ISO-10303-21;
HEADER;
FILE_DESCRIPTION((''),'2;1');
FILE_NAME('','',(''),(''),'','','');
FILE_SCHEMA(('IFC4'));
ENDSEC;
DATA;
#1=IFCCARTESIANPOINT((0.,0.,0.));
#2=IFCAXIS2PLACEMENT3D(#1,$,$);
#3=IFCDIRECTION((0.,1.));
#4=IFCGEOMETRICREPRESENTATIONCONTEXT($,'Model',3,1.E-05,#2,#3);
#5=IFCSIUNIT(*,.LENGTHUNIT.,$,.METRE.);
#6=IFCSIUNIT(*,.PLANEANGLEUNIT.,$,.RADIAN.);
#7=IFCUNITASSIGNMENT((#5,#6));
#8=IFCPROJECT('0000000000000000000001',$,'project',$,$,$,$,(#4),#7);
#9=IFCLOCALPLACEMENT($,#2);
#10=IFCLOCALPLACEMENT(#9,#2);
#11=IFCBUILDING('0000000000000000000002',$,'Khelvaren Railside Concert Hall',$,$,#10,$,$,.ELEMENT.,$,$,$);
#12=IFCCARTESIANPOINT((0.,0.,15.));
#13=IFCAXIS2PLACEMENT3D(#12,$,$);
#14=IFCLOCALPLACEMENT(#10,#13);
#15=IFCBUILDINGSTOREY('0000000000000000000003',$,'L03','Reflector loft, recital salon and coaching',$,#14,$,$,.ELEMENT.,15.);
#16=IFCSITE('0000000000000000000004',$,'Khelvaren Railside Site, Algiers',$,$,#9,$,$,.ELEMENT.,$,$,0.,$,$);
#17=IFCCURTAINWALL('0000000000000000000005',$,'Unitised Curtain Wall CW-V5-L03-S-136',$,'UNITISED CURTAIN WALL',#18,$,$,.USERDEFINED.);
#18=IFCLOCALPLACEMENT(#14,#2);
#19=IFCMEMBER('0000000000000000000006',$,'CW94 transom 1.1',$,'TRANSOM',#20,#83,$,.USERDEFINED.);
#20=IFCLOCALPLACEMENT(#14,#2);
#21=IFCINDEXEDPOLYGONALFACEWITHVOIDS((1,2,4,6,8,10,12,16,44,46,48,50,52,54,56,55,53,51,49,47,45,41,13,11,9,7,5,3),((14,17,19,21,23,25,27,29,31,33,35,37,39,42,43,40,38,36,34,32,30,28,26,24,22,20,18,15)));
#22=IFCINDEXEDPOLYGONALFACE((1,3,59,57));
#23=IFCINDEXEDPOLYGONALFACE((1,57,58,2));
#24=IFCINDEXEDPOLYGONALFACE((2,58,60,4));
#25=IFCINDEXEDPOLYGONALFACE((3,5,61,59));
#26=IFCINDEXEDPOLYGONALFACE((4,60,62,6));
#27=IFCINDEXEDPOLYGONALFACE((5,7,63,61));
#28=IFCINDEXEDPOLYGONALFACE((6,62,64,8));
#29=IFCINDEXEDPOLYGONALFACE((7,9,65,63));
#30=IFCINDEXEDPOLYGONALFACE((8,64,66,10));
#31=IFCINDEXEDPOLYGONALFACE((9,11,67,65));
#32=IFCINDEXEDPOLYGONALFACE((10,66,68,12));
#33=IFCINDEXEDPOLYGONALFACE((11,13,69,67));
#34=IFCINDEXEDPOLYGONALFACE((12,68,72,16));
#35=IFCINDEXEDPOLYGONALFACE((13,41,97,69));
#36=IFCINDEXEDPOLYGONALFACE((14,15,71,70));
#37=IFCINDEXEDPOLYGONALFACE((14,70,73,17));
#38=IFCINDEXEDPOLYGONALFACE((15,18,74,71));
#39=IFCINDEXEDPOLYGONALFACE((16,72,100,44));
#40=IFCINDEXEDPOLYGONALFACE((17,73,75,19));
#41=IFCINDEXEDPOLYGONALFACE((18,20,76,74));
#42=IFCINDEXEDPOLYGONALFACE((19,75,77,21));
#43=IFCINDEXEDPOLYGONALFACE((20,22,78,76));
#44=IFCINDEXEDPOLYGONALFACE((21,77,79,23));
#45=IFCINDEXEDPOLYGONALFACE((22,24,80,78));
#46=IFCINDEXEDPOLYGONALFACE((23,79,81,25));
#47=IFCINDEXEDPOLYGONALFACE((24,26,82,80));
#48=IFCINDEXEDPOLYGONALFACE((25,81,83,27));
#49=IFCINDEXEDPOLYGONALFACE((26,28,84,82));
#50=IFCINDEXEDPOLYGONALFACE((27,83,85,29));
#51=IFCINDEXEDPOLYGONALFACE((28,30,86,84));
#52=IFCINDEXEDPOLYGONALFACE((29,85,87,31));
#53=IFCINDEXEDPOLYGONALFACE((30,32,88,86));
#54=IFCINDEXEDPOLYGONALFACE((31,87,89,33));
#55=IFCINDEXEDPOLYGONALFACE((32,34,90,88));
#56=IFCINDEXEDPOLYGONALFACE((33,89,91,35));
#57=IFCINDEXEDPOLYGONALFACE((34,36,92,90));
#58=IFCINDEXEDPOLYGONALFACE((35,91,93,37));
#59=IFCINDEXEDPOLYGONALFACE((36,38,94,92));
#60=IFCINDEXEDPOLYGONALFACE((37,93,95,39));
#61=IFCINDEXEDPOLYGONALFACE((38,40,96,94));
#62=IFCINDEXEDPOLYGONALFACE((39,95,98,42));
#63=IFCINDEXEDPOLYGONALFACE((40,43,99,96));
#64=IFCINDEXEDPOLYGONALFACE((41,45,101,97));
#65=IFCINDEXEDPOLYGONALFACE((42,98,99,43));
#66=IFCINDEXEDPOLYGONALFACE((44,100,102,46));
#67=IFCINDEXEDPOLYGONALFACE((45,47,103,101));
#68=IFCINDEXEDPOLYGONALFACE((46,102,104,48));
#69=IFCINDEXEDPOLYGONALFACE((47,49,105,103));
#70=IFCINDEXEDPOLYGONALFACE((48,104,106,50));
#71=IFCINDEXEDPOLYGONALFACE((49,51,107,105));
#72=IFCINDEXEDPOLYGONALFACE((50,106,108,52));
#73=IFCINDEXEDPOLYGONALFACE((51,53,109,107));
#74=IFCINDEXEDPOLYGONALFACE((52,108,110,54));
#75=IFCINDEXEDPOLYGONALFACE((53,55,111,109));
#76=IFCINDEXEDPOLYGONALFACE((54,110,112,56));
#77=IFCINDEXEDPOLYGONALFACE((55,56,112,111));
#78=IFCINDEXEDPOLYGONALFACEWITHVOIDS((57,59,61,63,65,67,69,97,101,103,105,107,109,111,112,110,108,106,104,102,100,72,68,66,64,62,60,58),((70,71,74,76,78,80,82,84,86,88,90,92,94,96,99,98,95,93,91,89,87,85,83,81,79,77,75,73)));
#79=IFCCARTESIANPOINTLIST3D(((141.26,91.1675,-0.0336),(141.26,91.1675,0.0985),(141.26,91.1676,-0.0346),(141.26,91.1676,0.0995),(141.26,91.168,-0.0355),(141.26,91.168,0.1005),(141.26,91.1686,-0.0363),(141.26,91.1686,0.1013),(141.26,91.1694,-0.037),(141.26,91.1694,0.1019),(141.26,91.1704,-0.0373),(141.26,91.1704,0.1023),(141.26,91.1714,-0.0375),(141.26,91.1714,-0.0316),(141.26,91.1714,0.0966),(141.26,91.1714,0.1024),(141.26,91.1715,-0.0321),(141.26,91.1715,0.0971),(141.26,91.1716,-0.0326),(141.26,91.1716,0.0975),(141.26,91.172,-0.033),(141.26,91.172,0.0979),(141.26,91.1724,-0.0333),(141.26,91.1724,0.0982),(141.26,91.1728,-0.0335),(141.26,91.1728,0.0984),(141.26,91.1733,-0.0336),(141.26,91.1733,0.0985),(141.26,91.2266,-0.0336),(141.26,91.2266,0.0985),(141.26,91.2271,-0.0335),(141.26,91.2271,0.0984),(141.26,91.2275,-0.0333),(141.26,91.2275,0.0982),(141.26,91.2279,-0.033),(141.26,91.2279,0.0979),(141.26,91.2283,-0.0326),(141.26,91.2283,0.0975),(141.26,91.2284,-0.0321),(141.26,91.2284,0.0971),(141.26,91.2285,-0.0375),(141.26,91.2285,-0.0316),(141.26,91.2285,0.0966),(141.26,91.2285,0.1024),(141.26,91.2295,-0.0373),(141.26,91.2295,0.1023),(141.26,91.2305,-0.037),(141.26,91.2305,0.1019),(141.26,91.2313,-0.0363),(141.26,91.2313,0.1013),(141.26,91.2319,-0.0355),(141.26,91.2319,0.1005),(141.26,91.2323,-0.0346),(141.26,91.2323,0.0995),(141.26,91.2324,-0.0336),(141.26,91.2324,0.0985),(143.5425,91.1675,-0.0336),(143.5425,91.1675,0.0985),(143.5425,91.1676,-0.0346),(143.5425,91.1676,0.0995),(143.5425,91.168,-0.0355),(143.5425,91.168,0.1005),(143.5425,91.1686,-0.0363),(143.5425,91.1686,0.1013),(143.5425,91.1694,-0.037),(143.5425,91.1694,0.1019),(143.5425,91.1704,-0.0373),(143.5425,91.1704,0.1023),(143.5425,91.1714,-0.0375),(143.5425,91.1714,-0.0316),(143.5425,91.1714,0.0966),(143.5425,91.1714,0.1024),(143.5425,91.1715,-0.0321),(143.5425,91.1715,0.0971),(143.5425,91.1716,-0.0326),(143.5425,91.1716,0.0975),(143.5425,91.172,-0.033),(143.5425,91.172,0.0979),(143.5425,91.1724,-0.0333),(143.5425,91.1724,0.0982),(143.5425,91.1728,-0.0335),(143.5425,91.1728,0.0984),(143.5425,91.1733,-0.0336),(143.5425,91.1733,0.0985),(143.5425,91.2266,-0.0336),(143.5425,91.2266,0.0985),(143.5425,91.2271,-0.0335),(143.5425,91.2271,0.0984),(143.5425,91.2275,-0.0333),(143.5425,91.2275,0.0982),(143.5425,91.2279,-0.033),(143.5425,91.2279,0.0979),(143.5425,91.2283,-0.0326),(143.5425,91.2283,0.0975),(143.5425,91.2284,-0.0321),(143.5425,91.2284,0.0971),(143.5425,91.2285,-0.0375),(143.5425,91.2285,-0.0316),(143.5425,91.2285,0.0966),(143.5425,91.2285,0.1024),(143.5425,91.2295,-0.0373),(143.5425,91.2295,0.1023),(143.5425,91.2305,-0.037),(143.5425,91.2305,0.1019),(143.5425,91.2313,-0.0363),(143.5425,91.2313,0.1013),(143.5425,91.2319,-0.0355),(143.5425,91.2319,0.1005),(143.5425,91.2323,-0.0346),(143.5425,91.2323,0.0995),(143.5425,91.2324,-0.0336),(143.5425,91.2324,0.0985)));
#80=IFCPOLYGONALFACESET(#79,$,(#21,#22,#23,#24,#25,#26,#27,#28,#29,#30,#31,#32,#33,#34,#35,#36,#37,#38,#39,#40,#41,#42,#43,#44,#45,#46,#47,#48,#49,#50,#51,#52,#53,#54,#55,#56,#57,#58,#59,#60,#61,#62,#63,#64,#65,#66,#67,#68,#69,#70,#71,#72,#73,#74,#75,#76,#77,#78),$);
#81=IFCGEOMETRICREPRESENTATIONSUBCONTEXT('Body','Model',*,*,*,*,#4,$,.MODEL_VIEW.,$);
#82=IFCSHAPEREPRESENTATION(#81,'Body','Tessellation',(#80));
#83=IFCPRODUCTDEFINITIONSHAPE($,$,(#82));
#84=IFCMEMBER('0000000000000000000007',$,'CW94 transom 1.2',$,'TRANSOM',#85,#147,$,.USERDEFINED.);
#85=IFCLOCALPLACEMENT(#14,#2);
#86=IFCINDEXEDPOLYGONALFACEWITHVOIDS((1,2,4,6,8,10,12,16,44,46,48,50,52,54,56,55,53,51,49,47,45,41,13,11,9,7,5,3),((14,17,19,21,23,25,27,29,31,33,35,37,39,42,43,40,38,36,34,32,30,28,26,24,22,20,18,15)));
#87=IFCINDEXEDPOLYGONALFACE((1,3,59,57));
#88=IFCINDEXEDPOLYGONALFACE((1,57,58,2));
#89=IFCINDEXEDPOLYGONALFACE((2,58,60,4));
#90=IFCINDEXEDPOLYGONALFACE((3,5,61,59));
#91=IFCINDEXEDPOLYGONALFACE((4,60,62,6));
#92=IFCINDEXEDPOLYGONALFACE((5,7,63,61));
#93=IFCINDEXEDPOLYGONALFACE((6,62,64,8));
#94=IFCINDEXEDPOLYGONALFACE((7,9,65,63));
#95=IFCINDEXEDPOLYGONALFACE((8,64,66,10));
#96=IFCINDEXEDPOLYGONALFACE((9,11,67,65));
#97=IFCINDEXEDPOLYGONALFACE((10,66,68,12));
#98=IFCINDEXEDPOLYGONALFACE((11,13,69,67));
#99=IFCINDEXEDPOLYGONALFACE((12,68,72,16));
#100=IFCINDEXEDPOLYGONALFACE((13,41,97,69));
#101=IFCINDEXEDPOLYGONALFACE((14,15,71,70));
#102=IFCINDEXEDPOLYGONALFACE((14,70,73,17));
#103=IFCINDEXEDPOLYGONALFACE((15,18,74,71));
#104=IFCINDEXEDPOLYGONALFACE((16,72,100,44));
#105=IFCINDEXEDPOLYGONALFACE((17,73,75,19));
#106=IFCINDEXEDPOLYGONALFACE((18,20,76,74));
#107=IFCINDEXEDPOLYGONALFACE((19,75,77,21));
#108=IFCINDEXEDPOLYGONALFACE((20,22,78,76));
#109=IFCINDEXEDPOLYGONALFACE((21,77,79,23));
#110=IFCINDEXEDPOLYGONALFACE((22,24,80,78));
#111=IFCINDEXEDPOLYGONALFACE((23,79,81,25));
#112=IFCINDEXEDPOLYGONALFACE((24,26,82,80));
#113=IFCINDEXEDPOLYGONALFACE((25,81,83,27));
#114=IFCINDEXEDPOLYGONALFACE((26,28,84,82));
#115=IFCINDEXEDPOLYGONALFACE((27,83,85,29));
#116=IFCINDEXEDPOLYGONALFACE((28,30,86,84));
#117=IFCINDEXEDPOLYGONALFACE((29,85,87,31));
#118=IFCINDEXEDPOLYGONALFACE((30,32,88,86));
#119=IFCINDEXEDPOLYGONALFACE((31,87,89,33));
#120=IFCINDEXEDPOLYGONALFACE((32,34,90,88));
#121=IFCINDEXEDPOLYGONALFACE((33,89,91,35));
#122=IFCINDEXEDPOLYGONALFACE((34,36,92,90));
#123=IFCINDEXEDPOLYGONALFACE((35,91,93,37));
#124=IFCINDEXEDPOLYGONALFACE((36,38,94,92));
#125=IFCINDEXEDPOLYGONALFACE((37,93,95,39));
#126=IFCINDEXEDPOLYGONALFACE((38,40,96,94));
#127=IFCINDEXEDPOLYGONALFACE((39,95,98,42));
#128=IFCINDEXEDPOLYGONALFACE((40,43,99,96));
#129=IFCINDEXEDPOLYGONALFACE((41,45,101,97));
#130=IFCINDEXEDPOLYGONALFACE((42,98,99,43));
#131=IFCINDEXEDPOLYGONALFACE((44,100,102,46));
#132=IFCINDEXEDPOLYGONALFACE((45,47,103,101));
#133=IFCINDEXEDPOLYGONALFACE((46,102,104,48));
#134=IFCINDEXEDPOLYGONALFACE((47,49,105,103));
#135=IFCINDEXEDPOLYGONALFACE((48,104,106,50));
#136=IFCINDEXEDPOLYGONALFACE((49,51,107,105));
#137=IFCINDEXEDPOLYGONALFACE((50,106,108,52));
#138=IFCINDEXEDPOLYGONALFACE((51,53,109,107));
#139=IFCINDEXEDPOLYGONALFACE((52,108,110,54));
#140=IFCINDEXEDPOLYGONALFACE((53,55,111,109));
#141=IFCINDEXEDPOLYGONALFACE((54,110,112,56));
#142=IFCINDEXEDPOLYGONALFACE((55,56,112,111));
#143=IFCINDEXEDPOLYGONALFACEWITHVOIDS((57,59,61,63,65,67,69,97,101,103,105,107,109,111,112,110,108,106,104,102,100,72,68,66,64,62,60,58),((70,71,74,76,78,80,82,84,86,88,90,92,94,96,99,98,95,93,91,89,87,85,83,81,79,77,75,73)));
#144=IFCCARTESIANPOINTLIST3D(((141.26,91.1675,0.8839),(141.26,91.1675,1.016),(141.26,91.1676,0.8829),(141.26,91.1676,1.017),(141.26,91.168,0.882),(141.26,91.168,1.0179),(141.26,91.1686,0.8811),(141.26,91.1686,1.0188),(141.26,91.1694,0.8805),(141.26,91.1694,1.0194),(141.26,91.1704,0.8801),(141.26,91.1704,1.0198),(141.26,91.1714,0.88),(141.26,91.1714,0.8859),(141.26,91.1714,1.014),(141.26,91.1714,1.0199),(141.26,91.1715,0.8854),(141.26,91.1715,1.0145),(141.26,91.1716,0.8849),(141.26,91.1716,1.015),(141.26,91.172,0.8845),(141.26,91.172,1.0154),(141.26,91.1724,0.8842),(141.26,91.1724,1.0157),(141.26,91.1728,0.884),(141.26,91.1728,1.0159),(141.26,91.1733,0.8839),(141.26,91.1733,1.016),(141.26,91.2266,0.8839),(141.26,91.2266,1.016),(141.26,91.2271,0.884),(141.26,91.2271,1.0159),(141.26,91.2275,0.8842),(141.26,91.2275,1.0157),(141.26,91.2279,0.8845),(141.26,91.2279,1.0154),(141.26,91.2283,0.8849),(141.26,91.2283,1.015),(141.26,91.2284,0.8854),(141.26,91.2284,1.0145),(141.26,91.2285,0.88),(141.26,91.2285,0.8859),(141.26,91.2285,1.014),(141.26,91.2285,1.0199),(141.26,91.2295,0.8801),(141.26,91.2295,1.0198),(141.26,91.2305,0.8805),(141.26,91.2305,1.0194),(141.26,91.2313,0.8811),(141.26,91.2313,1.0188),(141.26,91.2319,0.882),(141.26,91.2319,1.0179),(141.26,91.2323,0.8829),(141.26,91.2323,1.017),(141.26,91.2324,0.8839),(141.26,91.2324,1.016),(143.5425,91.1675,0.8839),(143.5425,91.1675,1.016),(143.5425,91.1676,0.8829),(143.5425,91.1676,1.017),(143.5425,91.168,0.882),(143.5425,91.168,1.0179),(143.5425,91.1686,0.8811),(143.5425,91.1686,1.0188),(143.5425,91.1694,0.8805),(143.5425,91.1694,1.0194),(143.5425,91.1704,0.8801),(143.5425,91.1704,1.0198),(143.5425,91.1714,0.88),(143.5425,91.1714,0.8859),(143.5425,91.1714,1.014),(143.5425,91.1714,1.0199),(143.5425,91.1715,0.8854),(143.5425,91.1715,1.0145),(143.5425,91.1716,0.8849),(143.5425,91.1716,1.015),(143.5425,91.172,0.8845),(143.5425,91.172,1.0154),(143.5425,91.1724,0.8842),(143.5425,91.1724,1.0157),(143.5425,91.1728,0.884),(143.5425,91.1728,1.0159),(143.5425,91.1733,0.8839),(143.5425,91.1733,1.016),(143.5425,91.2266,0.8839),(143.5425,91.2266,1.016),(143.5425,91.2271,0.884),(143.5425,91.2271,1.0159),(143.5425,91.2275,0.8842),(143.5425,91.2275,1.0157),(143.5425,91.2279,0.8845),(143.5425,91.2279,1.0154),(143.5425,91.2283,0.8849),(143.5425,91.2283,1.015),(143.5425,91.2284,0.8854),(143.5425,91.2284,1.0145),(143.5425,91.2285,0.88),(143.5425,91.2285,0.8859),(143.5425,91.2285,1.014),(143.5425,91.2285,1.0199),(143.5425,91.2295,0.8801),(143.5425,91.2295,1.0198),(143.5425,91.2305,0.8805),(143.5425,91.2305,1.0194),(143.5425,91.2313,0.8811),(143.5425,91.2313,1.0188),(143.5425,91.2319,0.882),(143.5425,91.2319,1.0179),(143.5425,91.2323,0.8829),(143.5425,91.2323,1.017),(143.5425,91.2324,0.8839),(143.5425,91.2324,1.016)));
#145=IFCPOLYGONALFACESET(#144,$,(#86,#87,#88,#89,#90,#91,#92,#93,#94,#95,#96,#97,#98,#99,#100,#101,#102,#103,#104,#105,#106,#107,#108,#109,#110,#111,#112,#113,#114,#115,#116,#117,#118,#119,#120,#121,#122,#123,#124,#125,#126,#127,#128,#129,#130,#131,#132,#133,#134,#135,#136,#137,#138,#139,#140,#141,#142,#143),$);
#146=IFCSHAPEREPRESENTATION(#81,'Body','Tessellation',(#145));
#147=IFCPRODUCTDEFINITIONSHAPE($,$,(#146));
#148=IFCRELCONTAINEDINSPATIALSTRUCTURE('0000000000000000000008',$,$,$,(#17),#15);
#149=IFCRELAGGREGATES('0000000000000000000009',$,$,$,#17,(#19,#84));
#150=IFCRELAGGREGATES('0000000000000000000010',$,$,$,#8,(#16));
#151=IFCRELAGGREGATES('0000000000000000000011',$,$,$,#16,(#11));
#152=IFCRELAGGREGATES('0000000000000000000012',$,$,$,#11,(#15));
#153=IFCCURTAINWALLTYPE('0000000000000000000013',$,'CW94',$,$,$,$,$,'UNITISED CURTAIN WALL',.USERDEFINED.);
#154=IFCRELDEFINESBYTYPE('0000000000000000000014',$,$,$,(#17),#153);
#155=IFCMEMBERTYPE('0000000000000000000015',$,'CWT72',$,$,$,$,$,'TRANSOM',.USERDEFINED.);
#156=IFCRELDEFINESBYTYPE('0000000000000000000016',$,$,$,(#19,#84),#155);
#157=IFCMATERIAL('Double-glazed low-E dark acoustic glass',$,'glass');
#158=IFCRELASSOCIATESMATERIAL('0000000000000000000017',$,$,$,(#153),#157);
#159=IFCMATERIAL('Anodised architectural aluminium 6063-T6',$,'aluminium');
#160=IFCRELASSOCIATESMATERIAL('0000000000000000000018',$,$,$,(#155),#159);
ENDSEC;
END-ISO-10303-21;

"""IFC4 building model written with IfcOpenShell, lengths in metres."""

from ifc_helpers import new_model, si_unit, direction, frame, origin, origin_2d, place, context, subcontext, project, spatial, hollow_rectangle, extrude, material, material_profile, profile_set, type_object, element, aggregate, save


model = new_model("IFC4")

# Units and contexts
model_context = context("Model", 3, precision=1e-05, world=origin(), true_north=direction((0.0, 1.0)))
body_context = subcontext(model_context, "Body", "Model", "MODEL_VIEW")
ifc_project = project(units=[si_unit("LENGTHUNIT", "METRE"), si_unit("PLANEANGLEUNIT", "RADIAN")], contexts=[model_context])

# Site, building, storey
site_placement = place(None, origin())
site = spatial("IfcSite", under=ifc_project, at=site_placement, Name="Khelvaren Railside Site, Algiers", CompositionType="ELEMENT", RefElevation=0.0)
building_placement = place(site_placement, origin())
building = spatial("IfcBuilding", under=site, at=building_placement, Name="Khelvaren Railside Concert Hall", CompositionType="ELEMENT")
storey_placement = place(building_placement, frame((0.0, 0.0, 15.0)))
storey = spatial("IfcBuildingStorey", under=building, at=storey_placement, Name="L03", Description="Reflector loft, recital salon and coaching", CompositionType="ELEMENT", Elevation=15.0)

# Curtain wall
ifc_material_1 = material(Name="Double-glazed low-E dark acoustic glass", Category="glass")
curtain_wall_type_1 = type_object("IfcCurtainWallType", Name="CW94", ElementType="UNITISED CURTAIN WALL", PredefinedType="USERDEFINED", material=ifc_material_1)
curtain_wall_1_placement = place(storey_placement, origin())
curtain_wall_1 = element("IfcCurtainWall", 1, at=curtain_wall_1_placement, inside=storey, type_object=curtain_wall_type_1, Name="Unitised Curtain Wall CW-V5-L03-S-136", ObjectType="UNITISED CURTAIN WALL", PredefinedType="USERDEFINED")
ifc_material_2 = material(Name="Anodised architectural aluminium 6063-T6", Category="aluminium")

# Members
ifc_material_profile_1 = material_profile(ifc_material_2, hollow_rectangle(XDim=0.0649, YDim=0.1399, WallThickness=0.0039, InnerFilletRadius=0.002, OuterFilletRadius=0.0039, at=origin_2d()), Name="CWT 65x140x4")
ifc_profile_set_1 = profile_set([ifc_material_profile_1], Name="Anodised architectural aluminium 6063-T6")
member_type_1 = type_object("IfcMemberType", Name="CWT72", ElementType="TRANSOM", PredefinedType="USERDEFINED", material=ifc_profile_set_1)
member_1_placement = place(storey_placement, frame((143.5425, 91.2, 0.0325), z_axis=(-1.0, 0.0, 0.0), x_axis=(0.0, -1.0, 0.0)))
member_1 = element("IfcMember", 2, at=member_1_placement, type_object=member_type_1, Name="CW94 transom 1.1", ObjectType="TRANSOM", PredefinedType="USERDEFINED", context=body_context, shape_type="SweptSolid", body=[
    extrude(hollow_rectangle(XDim=0.0649, YDim=0.1399, WallThickness=0.0039, InnerFilletRadius=0.002, OuterFilletRadius=0.0039, at=origin_2d()), origin(), (0.0, 0.0, 1.0), 2.2825),
])
member_2_placement = place(storey_placement, frame((143.5425, 91.2, 0.95), z_axis=(-1.0, 0.0, 0.0), x_axis=(0.0, -1.0, 0.0)))
member_2 = element("IfcMember", 3, at=member_2_placement, type_object=member_type_1, Name="CW94 transom 1.2", ObjectType="TRANSOM", PredefinedType="USERDEFINED", context=body_context, shape_type="SweptSolid", body=[
    extrude(hollow_rectangle(XDim=0.0649, YDim=0.1399, WallThickness=0.0039, InnerFilletRadius=0.002, OuterFilletRadius=0.0039, at=origin_2d()), origin(), (0.0, 0.0, 1.0), 2.2825),
])

aggregate(curtain_wall_1, [member_1, member_2])

save(model, "model.ifc")
